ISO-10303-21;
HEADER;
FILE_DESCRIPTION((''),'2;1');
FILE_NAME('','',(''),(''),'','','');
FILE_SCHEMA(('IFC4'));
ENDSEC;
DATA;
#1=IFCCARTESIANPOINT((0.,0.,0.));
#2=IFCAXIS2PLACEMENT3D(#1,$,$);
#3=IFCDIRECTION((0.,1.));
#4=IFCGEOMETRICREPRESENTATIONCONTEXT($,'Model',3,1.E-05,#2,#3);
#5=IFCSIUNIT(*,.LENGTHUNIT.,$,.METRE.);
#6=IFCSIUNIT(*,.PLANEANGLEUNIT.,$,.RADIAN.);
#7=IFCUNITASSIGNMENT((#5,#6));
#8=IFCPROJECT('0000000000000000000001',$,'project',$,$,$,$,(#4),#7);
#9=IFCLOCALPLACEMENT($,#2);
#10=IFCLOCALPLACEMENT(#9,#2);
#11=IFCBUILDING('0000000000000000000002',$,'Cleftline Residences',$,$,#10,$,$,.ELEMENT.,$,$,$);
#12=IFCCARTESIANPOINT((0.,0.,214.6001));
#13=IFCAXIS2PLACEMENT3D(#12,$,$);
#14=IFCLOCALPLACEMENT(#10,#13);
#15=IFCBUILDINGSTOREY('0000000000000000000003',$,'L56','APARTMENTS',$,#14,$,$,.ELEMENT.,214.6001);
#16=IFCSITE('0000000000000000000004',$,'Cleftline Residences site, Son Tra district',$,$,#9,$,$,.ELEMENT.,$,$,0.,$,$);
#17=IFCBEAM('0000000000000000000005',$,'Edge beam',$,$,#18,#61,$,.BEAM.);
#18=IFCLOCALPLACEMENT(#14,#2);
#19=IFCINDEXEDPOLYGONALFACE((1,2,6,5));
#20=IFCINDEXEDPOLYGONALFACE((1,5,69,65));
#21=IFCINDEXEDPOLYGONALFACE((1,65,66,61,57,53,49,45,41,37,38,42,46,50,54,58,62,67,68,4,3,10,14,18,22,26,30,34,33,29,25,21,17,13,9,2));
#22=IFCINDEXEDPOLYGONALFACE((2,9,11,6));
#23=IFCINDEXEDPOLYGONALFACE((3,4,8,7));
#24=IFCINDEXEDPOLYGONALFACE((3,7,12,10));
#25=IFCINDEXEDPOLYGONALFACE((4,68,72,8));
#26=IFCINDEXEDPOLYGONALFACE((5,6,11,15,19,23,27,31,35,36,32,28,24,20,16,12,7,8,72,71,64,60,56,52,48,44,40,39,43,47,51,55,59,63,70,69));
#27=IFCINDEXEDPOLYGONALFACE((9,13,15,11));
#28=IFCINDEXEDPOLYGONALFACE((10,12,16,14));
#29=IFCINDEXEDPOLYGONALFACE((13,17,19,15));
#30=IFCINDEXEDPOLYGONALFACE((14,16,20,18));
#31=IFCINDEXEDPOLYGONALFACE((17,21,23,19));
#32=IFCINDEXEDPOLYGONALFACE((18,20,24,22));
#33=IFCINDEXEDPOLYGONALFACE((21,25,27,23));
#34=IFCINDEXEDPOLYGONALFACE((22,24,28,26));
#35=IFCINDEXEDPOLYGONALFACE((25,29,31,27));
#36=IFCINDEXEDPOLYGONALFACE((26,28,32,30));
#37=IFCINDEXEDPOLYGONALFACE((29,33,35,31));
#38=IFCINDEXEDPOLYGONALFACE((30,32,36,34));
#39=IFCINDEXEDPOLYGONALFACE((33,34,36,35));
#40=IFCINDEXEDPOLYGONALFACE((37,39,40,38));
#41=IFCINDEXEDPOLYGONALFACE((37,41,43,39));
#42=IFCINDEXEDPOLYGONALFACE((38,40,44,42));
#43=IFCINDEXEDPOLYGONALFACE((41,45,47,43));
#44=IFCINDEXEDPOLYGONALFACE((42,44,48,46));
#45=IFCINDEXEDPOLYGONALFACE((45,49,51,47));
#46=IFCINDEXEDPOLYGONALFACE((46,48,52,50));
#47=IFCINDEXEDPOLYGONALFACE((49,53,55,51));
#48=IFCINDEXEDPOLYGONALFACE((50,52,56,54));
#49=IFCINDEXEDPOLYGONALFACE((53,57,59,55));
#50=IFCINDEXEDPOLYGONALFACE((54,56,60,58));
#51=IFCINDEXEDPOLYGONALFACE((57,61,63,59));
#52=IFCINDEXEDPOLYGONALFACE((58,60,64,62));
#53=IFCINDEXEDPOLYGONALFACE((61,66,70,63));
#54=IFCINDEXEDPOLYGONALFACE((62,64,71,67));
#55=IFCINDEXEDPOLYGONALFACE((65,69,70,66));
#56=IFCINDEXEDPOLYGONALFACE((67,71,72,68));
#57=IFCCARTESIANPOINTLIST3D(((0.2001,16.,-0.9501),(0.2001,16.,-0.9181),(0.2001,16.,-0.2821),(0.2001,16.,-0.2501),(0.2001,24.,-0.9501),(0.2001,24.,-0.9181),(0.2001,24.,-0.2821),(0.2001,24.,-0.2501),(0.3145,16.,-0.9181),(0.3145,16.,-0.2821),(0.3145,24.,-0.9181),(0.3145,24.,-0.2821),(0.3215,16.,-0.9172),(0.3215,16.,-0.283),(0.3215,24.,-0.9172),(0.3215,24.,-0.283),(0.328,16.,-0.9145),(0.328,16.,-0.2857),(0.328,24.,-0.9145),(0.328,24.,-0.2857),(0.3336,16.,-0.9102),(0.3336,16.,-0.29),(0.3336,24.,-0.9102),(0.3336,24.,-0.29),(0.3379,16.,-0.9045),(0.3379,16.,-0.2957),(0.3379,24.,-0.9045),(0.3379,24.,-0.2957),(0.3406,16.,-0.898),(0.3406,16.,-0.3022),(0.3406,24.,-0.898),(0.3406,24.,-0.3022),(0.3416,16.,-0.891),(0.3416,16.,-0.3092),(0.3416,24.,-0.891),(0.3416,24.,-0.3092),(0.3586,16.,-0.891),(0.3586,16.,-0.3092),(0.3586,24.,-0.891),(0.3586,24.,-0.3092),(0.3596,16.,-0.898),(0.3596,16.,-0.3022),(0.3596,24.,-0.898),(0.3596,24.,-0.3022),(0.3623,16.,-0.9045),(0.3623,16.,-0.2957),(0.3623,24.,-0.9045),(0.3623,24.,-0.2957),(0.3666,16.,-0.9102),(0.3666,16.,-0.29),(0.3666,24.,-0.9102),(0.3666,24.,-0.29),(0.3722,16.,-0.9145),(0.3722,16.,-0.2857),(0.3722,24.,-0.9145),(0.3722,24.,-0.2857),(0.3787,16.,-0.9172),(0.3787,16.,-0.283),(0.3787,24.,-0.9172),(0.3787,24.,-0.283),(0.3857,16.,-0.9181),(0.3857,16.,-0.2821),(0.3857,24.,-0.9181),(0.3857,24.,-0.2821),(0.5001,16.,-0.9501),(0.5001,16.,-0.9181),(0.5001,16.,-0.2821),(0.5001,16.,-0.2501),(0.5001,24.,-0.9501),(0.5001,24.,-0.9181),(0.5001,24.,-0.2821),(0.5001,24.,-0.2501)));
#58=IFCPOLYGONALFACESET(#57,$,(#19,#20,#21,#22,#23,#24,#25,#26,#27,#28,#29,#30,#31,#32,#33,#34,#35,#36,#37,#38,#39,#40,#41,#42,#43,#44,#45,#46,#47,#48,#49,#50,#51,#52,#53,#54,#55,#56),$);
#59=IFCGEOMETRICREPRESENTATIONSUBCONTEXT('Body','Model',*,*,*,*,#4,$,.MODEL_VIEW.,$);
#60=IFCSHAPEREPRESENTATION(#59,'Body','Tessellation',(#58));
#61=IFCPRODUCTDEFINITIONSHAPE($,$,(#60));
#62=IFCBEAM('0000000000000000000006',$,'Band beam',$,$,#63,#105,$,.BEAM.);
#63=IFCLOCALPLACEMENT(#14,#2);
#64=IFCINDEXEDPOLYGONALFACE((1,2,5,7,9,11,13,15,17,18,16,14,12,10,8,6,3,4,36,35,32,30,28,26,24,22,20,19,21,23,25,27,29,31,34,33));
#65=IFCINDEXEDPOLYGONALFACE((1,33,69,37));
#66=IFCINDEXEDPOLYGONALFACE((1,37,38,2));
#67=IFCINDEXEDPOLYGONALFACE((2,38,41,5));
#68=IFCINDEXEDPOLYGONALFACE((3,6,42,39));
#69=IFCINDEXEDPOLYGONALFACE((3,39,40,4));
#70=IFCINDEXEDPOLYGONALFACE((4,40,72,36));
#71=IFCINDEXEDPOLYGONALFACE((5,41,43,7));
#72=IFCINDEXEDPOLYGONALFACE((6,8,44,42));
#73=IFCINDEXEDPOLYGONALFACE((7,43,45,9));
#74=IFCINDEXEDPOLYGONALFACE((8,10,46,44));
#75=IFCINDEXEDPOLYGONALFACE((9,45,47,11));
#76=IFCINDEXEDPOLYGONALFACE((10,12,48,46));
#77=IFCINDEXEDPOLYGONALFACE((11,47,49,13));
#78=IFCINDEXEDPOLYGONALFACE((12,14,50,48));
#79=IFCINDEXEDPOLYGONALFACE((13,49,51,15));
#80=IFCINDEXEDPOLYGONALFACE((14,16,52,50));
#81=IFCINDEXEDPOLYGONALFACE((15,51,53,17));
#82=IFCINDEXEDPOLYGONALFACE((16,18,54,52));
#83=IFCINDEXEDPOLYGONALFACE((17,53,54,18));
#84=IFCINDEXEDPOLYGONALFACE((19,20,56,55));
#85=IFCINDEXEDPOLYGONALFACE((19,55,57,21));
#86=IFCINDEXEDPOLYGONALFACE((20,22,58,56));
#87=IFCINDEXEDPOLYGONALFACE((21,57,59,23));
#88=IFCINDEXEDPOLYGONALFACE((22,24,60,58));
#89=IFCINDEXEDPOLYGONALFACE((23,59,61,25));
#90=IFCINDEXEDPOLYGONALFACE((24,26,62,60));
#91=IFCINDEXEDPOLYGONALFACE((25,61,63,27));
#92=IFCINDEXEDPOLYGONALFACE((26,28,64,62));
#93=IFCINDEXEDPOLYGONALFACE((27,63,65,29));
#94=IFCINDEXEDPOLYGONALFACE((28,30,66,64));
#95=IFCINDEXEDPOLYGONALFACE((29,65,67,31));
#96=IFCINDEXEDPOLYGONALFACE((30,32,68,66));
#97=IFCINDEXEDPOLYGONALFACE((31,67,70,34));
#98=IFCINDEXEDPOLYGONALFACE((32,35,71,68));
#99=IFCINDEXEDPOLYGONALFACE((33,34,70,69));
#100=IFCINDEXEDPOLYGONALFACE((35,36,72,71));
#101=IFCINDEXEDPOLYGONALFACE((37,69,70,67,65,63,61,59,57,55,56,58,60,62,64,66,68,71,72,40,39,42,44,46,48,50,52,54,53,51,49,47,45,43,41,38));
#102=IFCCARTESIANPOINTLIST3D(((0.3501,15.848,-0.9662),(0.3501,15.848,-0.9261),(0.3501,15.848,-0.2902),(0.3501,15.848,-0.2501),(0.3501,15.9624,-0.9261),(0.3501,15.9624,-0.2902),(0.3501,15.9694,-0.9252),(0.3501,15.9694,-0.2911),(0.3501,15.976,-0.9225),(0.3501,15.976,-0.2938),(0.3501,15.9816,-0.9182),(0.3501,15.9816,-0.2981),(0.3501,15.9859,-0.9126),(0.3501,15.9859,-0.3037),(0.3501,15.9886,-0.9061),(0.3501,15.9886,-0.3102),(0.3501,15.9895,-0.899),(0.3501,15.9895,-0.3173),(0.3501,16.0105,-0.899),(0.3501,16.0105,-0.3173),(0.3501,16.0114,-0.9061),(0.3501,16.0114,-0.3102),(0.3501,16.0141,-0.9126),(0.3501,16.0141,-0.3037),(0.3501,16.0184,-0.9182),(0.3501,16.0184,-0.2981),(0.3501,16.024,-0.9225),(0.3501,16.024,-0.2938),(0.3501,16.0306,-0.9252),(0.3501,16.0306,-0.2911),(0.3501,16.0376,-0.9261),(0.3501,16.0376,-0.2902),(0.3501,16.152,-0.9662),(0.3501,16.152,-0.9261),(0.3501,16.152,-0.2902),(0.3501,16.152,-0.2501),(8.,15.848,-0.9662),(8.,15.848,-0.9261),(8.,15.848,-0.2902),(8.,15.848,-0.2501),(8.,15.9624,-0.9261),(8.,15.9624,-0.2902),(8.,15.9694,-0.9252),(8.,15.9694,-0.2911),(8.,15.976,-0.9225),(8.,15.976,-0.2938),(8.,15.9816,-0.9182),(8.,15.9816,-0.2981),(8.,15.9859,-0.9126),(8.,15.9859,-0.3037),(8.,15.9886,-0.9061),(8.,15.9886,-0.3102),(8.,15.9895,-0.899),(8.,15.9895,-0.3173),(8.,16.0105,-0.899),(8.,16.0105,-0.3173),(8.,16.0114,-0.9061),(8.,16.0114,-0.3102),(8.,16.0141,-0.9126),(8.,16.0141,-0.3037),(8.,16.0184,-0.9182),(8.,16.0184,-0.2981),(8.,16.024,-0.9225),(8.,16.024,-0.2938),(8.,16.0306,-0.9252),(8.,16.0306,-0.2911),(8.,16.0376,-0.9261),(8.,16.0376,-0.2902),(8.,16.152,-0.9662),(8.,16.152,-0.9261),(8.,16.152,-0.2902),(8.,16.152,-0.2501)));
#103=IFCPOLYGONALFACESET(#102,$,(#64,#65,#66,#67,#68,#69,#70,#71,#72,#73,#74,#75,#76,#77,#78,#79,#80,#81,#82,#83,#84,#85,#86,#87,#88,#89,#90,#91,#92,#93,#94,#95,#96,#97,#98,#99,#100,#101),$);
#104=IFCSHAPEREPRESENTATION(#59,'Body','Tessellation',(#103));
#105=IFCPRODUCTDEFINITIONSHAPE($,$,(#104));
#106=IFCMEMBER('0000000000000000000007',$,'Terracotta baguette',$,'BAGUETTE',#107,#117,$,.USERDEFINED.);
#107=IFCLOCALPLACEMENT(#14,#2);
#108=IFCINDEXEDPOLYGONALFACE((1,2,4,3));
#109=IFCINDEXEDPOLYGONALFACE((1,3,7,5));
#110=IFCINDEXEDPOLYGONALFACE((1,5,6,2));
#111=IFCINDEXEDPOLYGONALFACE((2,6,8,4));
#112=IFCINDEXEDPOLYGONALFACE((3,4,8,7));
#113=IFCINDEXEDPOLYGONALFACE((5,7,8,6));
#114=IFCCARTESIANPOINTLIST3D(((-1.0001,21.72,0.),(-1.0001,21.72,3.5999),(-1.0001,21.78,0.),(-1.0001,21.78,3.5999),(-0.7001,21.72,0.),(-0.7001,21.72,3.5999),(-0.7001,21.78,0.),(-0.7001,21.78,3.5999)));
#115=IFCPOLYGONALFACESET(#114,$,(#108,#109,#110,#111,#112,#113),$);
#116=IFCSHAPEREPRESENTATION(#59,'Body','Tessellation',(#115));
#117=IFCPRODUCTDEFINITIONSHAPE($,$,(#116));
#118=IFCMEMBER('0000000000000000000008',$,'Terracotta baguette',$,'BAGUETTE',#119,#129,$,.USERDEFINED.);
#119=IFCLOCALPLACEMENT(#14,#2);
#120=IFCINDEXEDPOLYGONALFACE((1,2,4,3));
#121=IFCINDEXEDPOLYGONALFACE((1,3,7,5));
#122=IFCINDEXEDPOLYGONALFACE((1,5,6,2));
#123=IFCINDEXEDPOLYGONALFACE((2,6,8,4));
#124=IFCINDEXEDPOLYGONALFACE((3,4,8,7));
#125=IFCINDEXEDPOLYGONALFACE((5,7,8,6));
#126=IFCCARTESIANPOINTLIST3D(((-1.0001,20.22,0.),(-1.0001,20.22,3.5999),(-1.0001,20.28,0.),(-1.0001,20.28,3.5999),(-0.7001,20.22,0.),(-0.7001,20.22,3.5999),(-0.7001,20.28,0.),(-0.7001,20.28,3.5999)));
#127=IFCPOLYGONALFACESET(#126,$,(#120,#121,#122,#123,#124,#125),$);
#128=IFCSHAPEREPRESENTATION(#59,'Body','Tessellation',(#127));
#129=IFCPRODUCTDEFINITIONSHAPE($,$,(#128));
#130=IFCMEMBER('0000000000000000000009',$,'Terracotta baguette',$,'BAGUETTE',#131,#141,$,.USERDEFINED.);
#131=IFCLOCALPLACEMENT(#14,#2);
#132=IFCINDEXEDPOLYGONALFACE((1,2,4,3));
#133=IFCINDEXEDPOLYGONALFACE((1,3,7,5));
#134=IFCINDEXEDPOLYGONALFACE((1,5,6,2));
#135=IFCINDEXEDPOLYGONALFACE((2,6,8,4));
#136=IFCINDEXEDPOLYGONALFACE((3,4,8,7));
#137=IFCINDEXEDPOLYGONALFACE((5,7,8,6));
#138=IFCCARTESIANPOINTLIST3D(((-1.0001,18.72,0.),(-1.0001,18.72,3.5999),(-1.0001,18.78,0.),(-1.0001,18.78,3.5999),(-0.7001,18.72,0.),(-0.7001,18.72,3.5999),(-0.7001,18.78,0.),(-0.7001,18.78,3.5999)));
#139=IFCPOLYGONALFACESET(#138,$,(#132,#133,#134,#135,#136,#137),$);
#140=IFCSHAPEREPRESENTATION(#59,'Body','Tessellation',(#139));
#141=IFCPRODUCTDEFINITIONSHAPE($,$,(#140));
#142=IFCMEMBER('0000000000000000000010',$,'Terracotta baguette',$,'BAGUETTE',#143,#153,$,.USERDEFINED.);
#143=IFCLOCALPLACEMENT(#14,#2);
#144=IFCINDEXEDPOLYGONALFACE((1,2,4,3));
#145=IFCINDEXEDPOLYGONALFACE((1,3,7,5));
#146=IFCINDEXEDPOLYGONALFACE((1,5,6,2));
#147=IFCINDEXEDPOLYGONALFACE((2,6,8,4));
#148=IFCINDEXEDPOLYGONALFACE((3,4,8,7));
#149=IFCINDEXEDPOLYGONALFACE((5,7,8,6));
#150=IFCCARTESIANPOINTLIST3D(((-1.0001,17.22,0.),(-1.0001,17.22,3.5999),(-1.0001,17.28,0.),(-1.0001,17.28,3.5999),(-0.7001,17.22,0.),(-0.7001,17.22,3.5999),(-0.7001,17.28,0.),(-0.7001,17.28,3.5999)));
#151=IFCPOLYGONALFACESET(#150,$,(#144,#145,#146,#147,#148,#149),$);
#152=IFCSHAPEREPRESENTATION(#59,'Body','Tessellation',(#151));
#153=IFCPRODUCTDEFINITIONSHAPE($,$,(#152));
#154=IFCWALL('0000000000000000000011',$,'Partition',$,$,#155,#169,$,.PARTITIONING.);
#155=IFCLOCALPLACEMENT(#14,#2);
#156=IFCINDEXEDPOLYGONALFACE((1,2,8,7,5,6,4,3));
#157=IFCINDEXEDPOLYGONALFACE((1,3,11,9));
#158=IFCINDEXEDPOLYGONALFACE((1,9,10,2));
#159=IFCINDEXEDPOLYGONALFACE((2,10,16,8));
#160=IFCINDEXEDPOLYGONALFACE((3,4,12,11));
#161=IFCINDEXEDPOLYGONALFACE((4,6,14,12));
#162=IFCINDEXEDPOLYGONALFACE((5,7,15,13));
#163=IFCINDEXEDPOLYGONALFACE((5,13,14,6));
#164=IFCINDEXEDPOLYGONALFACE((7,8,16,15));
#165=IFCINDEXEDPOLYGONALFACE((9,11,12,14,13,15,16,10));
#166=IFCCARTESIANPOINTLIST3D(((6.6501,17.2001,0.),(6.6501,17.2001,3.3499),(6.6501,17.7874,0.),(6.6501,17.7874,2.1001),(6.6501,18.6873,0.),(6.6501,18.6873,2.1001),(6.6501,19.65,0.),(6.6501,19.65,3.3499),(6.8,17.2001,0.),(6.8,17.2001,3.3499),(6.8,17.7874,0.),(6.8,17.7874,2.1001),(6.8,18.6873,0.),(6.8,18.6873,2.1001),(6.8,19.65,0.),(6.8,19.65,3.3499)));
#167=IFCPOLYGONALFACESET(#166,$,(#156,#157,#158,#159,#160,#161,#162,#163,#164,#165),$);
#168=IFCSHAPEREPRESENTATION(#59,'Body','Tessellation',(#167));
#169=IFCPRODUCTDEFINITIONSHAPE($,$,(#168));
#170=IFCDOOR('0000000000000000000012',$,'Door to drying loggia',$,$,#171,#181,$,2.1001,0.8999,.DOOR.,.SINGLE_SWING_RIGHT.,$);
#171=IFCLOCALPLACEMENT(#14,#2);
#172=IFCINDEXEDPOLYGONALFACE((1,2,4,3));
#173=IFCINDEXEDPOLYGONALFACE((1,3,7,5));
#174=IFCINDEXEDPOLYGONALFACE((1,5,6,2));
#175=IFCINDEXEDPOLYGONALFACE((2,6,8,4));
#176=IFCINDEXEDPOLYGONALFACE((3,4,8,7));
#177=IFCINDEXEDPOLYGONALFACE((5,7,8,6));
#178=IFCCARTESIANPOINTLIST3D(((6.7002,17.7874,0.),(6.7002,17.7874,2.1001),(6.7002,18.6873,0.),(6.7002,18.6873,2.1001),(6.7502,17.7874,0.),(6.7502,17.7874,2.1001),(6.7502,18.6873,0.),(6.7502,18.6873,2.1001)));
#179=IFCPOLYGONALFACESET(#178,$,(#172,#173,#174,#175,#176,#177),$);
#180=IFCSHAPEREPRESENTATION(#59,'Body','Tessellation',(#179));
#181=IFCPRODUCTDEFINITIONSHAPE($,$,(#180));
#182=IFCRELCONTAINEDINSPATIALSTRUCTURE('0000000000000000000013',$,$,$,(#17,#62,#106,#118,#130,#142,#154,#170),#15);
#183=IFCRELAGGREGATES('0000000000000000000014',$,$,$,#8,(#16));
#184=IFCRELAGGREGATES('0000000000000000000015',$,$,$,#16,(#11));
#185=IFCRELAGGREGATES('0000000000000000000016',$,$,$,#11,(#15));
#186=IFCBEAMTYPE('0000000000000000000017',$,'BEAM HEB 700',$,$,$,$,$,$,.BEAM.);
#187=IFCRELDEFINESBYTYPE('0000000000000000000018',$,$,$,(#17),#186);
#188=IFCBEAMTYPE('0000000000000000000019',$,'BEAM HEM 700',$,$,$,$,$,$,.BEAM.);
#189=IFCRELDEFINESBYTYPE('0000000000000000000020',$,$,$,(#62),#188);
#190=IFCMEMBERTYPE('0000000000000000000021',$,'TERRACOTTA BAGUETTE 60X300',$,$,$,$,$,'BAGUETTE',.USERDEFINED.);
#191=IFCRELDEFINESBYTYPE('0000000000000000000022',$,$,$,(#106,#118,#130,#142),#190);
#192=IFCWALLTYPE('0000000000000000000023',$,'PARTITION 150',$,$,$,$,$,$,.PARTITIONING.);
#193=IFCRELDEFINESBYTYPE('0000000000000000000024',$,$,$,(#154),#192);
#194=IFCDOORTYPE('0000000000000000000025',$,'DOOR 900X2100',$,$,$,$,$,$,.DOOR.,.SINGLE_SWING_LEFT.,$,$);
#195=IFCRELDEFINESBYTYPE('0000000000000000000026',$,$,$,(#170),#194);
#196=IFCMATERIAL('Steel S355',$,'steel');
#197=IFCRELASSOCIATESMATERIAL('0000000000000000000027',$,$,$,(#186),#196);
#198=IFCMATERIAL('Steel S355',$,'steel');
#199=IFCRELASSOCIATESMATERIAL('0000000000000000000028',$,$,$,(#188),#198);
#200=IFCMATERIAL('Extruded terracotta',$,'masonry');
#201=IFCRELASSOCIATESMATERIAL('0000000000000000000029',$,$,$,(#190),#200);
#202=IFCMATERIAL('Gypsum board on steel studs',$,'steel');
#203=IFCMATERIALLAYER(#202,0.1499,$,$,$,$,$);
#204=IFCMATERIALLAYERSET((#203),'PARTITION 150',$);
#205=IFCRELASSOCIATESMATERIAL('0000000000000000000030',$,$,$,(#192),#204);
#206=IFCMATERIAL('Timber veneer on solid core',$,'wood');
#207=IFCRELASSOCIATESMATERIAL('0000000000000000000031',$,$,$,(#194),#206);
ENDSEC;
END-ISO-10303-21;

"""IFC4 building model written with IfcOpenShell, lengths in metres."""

from ifc_helpers import new_model, si_unit, direction, frame, frame_2d, origin, origin_2d, place, context, subcontext, project, spatial, rectangle, i_section, extrude, material, layer, layer_set, material_profile, profile_set, type_object, element, fill, save


model = new_model("IFC4")

# Units and contexts
model_context = context("Model", 3, precision=1e-05, world=origin(), true_north=direction((0.0, 1.0)))
body_context = subcontext(model_context, "Body", "Model", "MODEL_VIEW")
ifc_project = project(units=[si_unit("LENGTHUNIT", "METRE"), si_unit("PLANEANGLEUNIT", "RADIAN")], contexts=[model_context])

# Site, building, storey
site_placement = place(None, origin())
site = spatial("IfcSite", under=ifc_project, at=site_placement, Name="Cleftline Residences site, Son Tra district", CompositionType="ELEMENT", RefElevation=0.0)
building_placement = place(site_placement, origin())
building = spatial("IfcBuilding", under=site, at=building_placement, Name="Cleftline Residences", CompositionType="ELEMENT")
storey_placement = place(building_placement, frame((0.0, 0.0, 214.6001)))
storey = spatial("IfcBuildingStorey", under=building, at=storey_placement, Name="L56", Description="APARTMENTS", CompositionType="ELEMENT", Elevation=214.6001)

# Beams
ifc_material_1 = material(Name="Steel S355", Category="steel")
ifc_material_profile_1 = material_profile(ifc_material_1, i_section(OverallWidth=0.3, OverallDepth=0.7, WebThickness=0.0171, FlangeThickness=0.032, FilletRadius=0.0271, at=origin_2d()))
ifc_profile_set_1 = profile_set([ifc_material_profile_1], Name="Steel S355")
beam_type_1 = type_object("IfcBeamType", Name="BEAM HEB 700", PredefinedType="BEAM", material=ifc_profile_set_1)
beam_1_placement = place(storey_placement, frame((0.3501, 16.0, -0.6001), z_axis=(0.0, 1.0, 0.0), x_axis=(-1.0, 0.0, 0.0)))
element("IfcBeam", 1, at=beam_1_placement, inside=storey, type_object=beam_type_1, Name="Edge beam", PredefinedType="BEAM", context=body_context, shape_type="SweptSolid", body=[
    extrude(i_section(OverallWidth=0.3, OverallDepth=0.7, WebThickness=0.0171, FlangeThickness=0.032, FilletRadius=0.0271, at=origin_2d()), origin(), (0.0, 0.0, 1.0), 8.0),
])
ifc_material_2 = material(Name="Steel S355", Category="steel")
ifc_material_profile_2 = material_profile(ifc_material_2, i_section(OverallWidth=0.304, OverallDepth=0.7161, WebThickness=0.021, FlangeThickness=0.04, FilletRadius=0.0271, at=origin_2d()))
ifc_profile_set_2 = profile_set([ifc_material_profile_2], Name="Steel S355")
beam_type_2 = type_object("IfcBeamType", Name="BEAM HEM 700", PredefinedType="BEAM", material=ifc_profile_set_2)
beam_2_placement = place(storey_placement, frame((0.3501, 16.0, -0.6082), z_axis=(1.0, 0.0, 0.0), x_axis=(0.0, 1.0, 0.0)))
element("IfcBeam", 2, at=beam_2_placement, inside=storey, type_object=beam_type_2, Name="Band beam", PredefinedType="BEAM", context=body_context, shape_type="SweptSolid", body=[
    extrude(i_section(OverallWidth=0.304, OverallDepth=0.7161, WebThickness=0.021, FlangeThickness=0.04, FilletRadius=0.0271, at=origin_2d()), origin(), (0.0, 0.0, 1.0), 7.6499),
])

# Members
ifc_material_3 = material(Name="Extruded terracotta", Category="masonry")
ifc_material_profile_3 = material_profile(ifc_material_3, rectangle(XDim=0.0601, YDim=0.3, at=origin_2d()))
ifc_profile_set_3 = profile_set([ifc_material_profile_3], Name="Extruded terracotta")
member_type_1 = type_object("IfcMemberType", Name="TERRACOTTA BAGUETTE 60X300", ElementType="BAGUETTE", PredefinedType="USERDEFINED", material=ifc_profile_set_3)
for number, where, z_axis, x_axis, name in (
    (3, (-0.8501, 21.75, 0.0), (0.0, 0.0, 1.0), (0.0, 1.0, 0.0), "Terracotta baguette"),
    (4, (-0.8501, 20.25, 0.0), (0.0, 0.0, 1.0), (0.0, 1.0, 0.0), "Terracotta baguette"),
    (5, (-0.8501, 18.75, 0.0), (0.0, 0.0, 1.0), (0.0, 1.0, 0.0), "Terracotta baguette"),
    (6, (-0.8501, 17.25, 0.0), (0.0, 0.0, 1.0), (0.0, 1.0, 0.0), "Terracotta baguette"),
):
    element("IfcMember", number, at=place(storey_placement, frame(where, z_axis=z_axis, x_axis=x_axis)), inside=storey, type_object=member_type_1, Name=name, ObjectType="BAGUETTE", PredefinedType="USERDEFINED", context=body_context, shape_type="SweptSolid", body=[
        extrude(rectangle(XDim=0.0601, YDim=0.3, at=origin_2d()), origin(), (0.0, 0.0, 1.0), 3.5999),
    ])

# Wall, opening, door
ifc_material_4 = material(Name="Gypsum board on steel studs", Category="steel")
ifc_layer_1 = layer(ifc_material_4, 0.1499)
ifc_layer_set_1 = layer_set([ifc_layer_1], Name="PARTITION 150")
wall_type_1 = type_object("IfcWallType", Name="PARTITION 150", PredefinedType="PARTITIONING", material=ifc_layer_set_1)
wall_1_placement = place(storey_placement, frame((6.7251, 17.2, 0.0), z_axis=(0.0, 0.0, 1.0), x_axis=(0.0, 1.0, 0.0)))
wall_1 = element("IfcWall", 7, at=wall_1_placement, inside=storey, type_object=wall_type_1, Name="Partition", PredefinedType="PARTITIONING", context=body_context, shape_type="SweptSolid", body=[
    extrude(rectangle(XDim=2.45, YDim=0.1499, at=frame_2d((1.2251, 0.0))), origin(), (0.0, 0.0, 1.0), 3.3499),
])
opening_1_placement = place(wall_1_placement, frame((0.5874, 0.0, 0.0)))
opening_1 = element("IfcOpeningElement", 8, at=opening_1_placement, cuts=wall_1, PredefinedType="OPENING", context=body_context, shape_type="SweptSolid", body=[
    extrude(rectangle(XDim=0.8999, YDim=2.1001, at=frame_2d((0.45, 1.05))), frame((0.0, 0.085, 0.0), z_axis=(0.0, -1.0, 0.0), x_axis=(1.0, 0.0, 0.0)), (0.0, 0.0, 1.0), 0.1699),
])
ifc_material_5 = material(Name="Timber veneer on solid core", Category="wood")
door_type_1 = type_object("IfcDoorType", Name="DOOR 900X2100", OperationType="SINGLE_SWING_LEFT", PredefinedType="DOOR", material=ifc_material_5)
door_1_placement = place(opening_1_placement, origin())
door_1 = element("IfcDoor", 9, at=door_1_placement, inside=storey, type_object=door_type_1, Name="Door to drying loggia", OperationType="SINGLE_SWING_RIGHT", OverallHeight=2.1001, OverallWidth=0.8999, PredefinedType="DOOR", context=body_context, shape_type="SweptSolid", body=[
    extrude(rectangle(XDim=0.8999, YDim=2.1001, at=frame_2d((0.45, 1.05))), frame((0.0, 0.0249, 0.0), z_axis=(0.0, -1.0, 0.0), x_axis=(1.0, 0.0, 0.0)), (0.0, 0.0, 1.0), 0.05),
])
fill(opening_1, door_1)

save(model, "model.ifc")
